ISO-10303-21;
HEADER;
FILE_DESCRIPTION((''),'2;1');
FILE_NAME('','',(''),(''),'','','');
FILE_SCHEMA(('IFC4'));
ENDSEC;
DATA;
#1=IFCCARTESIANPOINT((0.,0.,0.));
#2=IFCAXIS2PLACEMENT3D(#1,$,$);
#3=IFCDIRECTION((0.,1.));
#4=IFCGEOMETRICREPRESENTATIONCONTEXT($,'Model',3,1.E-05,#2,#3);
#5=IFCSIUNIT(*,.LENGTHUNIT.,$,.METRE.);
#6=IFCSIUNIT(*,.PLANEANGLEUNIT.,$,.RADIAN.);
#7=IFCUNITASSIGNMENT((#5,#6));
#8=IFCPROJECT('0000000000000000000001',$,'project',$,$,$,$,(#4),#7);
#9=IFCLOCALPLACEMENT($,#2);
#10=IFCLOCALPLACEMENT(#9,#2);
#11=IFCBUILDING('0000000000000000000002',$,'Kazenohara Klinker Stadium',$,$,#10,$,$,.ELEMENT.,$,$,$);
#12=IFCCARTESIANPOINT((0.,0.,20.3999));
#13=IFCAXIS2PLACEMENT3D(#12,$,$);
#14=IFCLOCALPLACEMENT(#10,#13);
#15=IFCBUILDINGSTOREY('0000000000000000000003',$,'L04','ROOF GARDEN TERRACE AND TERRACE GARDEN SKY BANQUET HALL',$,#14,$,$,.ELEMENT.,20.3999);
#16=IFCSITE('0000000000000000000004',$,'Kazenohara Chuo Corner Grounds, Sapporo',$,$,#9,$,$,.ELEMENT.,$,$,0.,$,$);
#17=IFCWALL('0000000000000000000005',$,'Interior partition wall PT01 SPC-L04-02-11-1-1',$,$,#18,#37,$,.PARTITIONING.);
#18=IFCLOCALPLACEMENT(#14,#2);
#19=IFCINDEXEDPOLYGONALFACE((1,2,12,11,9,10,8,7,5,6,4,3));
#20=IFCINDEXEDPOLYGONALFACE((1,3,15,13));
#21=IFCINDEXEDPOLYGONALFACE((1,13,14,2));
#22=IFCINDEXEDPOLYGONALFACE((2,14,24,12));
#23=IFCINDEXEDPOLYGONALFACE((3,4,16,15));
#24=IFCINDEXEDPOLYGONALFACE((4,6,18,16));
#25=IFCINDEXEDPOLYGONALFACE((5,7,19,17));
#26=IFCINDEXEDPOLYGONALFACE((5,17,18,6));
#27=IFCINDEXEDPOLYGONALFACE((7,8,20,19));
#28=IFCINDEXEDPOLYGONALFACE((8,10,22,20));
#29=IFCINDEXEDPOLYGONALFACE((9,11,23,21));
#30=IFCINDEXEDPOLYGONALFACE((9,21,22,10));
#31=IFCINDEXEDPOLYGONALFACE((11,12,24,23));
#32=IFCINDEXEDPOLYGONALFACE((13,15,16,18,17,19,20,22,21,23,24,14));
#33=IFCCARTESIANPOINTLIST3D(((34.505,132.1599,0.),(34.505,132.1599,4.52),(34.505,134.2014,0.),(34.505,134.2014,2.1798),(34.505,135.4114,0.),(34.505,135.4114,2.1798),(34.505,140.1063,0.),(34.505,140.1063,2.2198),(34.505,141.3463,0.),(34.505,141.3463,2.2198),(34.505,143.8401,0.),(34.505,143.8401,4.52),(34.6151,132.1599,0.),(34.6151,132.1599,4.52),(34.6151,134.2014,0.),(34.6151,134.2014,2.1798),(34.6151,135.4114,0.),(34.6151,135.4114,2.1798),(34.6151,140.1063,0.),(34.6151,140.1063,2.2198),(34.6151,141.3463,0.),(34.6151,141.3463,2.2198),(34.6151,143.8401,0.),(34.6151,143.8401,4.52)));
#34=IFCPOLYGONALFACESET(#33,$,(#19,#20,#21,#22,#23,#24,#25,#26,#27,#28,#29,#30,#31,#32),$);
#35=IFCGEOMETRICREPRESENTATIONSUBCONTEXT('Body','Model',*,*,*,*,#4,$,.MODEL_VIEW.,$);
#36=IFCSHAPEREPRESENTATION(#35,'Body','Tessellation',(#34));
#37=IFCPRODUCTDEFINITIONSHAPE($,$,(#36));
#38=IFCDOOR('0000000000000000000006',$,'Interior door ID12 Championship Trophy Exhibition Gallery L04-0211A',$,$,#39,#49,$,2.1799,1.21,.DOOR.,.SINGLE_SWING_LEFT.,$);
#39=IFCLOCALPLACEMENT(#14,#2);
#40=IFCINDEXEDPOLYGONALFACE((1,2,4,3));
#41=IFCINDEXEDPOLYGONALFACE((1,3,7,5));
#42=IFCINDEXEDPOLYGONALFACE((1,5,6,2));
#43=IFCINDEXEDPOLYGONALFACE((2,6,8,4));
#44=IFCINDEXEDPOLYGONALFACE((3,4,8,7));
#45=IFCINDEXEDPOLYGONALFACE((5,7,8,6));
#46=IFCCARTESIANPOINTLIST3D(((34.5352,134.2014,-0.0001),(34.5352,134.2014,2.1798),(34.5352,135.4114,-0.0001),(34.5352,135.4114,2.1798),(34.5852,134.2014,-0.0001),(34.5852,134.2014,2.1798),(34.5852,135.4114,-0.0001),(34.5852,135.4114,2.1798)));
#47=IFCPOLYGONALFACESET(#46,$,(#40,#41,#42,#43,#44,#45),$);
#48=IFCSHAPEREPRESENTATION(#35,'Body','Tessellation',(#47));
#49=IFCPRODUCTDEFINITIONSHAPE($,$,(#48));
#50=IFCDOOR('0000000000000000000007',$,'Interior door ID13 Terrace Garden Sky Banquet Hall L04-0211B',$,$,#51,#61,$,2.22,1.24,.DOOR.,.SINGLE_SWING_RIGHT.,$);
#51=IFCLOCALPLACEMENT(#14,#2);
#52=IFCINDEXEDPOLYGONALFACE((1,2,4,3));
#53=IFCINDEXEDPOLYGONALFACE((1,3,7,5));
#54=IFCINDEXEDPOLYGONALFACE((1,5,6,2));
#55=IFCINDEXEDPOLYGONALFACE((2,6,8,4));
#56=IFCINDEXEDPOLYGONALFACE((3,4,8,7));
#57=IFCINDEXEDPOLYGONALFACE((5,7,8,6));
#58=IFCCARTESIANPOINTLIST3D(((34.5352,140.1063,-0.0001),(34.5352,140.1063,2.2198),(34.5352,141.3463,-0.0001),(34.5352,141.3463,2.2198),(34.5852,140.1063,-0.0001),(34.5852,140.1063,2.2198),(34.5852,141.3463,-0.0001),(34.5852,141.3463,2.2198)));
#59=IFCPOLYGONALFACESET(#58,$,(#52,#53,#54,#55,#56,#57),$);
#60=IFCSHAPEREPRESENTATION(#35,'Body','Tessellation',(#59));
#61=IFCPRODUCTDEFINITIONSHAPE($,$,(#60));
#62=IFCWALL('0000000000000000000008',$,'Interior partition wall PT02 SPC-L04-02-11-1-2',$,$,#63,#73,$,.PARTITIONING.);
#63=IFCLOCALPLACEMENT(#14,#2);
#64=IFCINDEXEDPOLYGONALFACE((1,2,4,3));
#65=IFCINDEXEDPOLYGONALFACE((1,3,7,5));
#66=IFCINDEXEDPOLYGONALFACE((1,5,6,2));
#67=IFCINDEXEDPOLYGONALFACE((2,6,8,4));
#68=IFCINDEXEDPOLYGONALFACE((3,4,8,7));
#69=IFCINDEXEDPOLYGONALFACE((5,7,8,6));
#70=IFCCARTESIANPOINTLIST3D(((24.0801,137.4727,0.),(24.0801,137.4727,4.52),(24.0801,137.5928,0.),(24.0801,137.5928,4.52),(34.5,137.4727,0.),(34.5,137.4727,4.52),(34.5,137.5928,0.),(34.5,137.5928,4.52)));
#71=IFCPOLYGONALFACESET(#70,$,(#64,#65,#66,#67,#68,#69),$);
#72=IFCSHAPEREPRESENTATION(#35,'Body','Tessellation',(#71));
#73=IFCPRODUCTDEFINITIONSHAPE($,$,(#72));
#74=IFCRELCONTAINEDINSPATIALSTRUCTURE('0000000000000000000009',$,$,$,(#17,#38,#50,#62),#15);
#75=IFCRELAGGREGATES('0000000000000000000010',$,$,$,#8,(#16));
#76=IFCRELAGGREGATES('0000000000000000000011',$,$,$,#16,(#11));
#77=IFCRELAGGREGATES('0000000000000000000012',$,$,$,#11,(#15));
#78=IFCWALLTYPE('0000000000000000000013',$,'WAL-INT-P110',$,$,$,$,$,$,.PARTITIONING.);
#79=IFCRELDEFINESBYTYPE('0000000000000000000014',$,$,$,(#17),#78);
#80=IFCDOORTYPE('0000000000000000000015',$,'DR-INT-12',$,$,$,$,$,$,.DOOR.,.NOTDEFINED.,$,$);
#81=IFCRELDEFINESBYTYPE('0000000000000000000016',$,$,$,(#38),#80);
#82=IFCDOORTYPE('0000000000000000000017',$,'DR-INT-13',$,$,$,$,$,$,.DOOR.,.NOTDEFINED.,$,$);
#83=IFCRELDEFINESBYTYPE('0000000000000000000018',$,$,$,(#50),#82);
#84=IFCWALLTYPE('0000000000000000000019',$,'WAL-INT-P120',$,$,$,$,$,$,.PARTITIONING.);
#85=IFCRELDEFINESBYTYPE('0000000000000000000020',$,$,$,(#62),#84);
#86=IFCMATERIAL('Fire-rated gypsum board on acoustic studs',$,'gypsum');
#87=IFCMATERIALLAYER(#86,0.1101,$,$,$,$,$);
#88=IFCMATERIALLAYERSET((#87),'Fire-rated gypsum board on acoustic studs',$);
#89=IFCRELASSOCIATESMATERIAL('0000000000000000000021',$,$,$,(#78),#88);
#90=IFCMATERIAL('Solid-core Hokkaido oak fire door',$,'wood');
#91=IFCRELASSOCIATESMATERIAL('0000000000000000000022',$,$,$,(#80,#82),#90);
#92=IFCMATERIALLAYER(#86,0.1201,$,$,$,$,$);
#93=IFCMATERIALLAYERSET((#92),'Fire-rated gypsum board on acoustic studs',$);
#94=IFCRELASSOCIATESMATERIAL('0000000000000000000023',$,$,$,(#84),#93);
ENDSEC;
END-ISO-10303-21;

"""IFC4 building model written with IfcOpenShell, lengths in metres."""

from ifc_helpers import new_model, si_unit, direction, frame, frame_2d, origin, place, context, subcontext, project, spatial, rectangle, extrude, material, layer, layer_set, type_object, element, fill, save


model = new_model("IFC4")

# Units and contexts
model_context = context("Model", 3, precision=1e-05, world=origin(), true_north=direction((0.0, 1.0)))
body_context = subcontext(model_context, "Body", "Model", "MODEL_VIEW")
ifc_project = project(units=[si_unit("LENGTHUNIT", "METRE"), si_unit("PLANEANGLEUNIT", "RADIAN")], contexts=[model_context])

# Site, building, storey
site_placement = place(None, origin())
site = spatial("IfcSite", under=ifc_project, at=site_placement, Name="Kazenohara Chuo Corner Grounds, Sapporo", CompositionType="ELEMENT", RefElevation=0.0)
building_placement = place(site_placement, origin())
building = spatial("IfcBuilding", under=site, at=building_placement, Name="Kazenohara Klinker Stadium", CompositionType="ELEMENT")
storey_placement = place(building_placement, frame((0.0, 0.0, 20.3999)))
storey = spatial("IfcBuildingStorey", under=building, at=storey_placement, Name="L04", Description="ROOF GARDEN TERRACE AND TERRACE GARDEN SKY BANQUET HALL", CompositionType="ELEMENT", Elevation=20.3999)

# Wall, openings, doors
ifc_material_1 = material(Name="Fire-rated gypsum board on acoustic studs", Category="gypsum")
ifc_layer_1 = layer(ifc_material_1, 0.1101)
ifc_layer_set_1 = layer_set([ifc_layer_1], Name="Fire-rated gypsum board on acoustic studs")
wall_type_1 = type_object("IfcWallType", Name="WAL-INT-P110", PredefinedType="PARTITIONING", material=ifc_layer_set_1)
wall_1_placement = place(storey_placement, frame((34.5601, 132.1599, 0.0), z_axis=(0.0, 0.0, 1.0), x_axis=(0.0, 1.0, 0.0)))
wall_1 = element("IfcWall", 1, at=wall_1_placement, inside=storey, type_object=wall_type_1, Name="Interior partition wall PT01 SPC-L04-02-11-1-1", PredefinedType="PARTITIONING", context=body_context, shape_type="SweptSolid", body=[
    extrude(rectangle(XDim=11.6802, YDim=0.1101, at=frame_2d((5.8401, 0.0))), origin(), (0.0, 0.0, 1.0), 4.52),
])
opening_1_placement = place(wall_1_placement, frame((2.0415, 0.0, 0.0)))
opening_1 = element("IfcOpeningElement", 2, at=opening_1_placement, cuts=wall_1, PredefinedType="OPENING", context=body_context, shape_type="SweptSolid", body=[
    extrude(rectangle(XDim=1.21, YDim=2.1799, at=frame_2d((0.605, 1.0898))), frame((0.0, 0.0649, 0.0), z_axis=(0.0, -1.0, 0.0), x_axis=(1.0, 0.0, 0.0)), (0.0, 0.0, 1.0), 0.1301),
])
opening_2_placement = place(wall_1_placement, frame((7.9463, 0.0, 0.0)))
opening_2 = element("IfcOpeningElement", 3, at=opening_2_placement, cuts=wall_1, PredefinedType="OPENING", context=body_context, shape_type="SweptSolid", body=[
    extrude(rectangle(XDim=1.24, YDim=2.22, at=frame_2d((0.6201, 1.1099))), frame((0.0, 0.0649, 0.0), z_axis=(0.0, -1.0, 0.0), x_axis=(1.0, 0.0, 0.0)), (0.0, 0.0, 1.0), 0.1301),
])
ifc_material_2 = material(Name="Solid-core Hokkaido oak fire door", Category="wood")
door_type_1 = type_object("IfcDoorType", Name="DR-INT-12", OperationType="NOTDEFINED", PredefinedType="DOOR", material=ifc_material_2)
door_1_placement = place(opening_1_placement, origin())
door_1 = element("IfcDoor", 4, at=door_1_placement, inside=storey, type_object=door_type_1, Name="Interior door ID12 Championship Trophy Exhibition Gallery L04-0211A", OperationType="SINGLE_SWING_LEFT", OverallHeight=2.1799, OverallWidth=1.21, PredefinedType="DOOR", context=body_context, shape_type="SweptSolid", body=[
    extrude(rectangle(XDim=1.21, YDim=2.1799, at=frame_2d((0.605, 1.0898))), frame((0.0, 0.0249, 0.0), z_axis=(0.0, -1.0, 0.0), x_axis=(1.0, 0.0, 0.0)), (0.0, 0.0, 1.0), 0.05),
])
fill(opening_1, door_1)
door_type_2 = type_object("IfcDoorType", Name="DR-INT-13", OperationType="NOTDEFINED", PredefinedType="DOOR", material=ifc_material_2)
door_2_placement = place(opening_2_placement, origin())
door_2 = element("IfcDoor", 5, at=door_2_placement, inside=storey, type_object=door_type_2, Name="Interior door ID13 Terrace Garden Sky Banquet Hall L04-0211B", OperationType="SINGLE_SWING_RIGHT", OverallHeight=2.22, OverallWidth=1.24, PredefinedType="DOOR", context=body_context, shape_type="SweptSolid", body=[
    extrude(rectangle(XDim=1.24, YDim=2.22, at=frame_2d((0.6201, 1.1099))), frame((0.0, 0.0249, 0.0), z_axis=(0.0, -1.0, 0.0), x_axis=(1.0, 0.0, 0.0)), (0.0, 0.0, 1.0), 0.05),
])
fill(opening_2, door_2)

# Wall
ifc_layer_2 = layer(ifc_material_1, 0.1201)
ifc_layer_set_2 = layer_set([ifc_layer_2], Name="Fire-rated gypsum board on acoustic studs")
wall_type_2 = type_object("IfcWallType", Name="WAL-INT-P120", PredefinedType="PARTITIONING", material=ifc_layer_set_2)
wall_2_placement = place(storey_placement, frame((24.0801, 137.5327, 0.0), z_axis=(0.0, 0.0, 1.0), x_axis=(1.0, 0.0, 0.0)))
element("IfcWall", 6, at=wall_2_placement, inside=storey, type_object=wall_type_2, Name="Interior partition wall PT02 SPC-L04-02-11-1-2", PredefinedType="PARTITIONING", context=body_context, shape_type="SweptSolid", body=[
    extrude(rectangle(XDim=10.4199, YDim=0.1201, at=frame_2d((5.21, 0.0))), origin(), (0.0, 0.0, 1.0), 4.52),
])

save(model, "model.ifc")
